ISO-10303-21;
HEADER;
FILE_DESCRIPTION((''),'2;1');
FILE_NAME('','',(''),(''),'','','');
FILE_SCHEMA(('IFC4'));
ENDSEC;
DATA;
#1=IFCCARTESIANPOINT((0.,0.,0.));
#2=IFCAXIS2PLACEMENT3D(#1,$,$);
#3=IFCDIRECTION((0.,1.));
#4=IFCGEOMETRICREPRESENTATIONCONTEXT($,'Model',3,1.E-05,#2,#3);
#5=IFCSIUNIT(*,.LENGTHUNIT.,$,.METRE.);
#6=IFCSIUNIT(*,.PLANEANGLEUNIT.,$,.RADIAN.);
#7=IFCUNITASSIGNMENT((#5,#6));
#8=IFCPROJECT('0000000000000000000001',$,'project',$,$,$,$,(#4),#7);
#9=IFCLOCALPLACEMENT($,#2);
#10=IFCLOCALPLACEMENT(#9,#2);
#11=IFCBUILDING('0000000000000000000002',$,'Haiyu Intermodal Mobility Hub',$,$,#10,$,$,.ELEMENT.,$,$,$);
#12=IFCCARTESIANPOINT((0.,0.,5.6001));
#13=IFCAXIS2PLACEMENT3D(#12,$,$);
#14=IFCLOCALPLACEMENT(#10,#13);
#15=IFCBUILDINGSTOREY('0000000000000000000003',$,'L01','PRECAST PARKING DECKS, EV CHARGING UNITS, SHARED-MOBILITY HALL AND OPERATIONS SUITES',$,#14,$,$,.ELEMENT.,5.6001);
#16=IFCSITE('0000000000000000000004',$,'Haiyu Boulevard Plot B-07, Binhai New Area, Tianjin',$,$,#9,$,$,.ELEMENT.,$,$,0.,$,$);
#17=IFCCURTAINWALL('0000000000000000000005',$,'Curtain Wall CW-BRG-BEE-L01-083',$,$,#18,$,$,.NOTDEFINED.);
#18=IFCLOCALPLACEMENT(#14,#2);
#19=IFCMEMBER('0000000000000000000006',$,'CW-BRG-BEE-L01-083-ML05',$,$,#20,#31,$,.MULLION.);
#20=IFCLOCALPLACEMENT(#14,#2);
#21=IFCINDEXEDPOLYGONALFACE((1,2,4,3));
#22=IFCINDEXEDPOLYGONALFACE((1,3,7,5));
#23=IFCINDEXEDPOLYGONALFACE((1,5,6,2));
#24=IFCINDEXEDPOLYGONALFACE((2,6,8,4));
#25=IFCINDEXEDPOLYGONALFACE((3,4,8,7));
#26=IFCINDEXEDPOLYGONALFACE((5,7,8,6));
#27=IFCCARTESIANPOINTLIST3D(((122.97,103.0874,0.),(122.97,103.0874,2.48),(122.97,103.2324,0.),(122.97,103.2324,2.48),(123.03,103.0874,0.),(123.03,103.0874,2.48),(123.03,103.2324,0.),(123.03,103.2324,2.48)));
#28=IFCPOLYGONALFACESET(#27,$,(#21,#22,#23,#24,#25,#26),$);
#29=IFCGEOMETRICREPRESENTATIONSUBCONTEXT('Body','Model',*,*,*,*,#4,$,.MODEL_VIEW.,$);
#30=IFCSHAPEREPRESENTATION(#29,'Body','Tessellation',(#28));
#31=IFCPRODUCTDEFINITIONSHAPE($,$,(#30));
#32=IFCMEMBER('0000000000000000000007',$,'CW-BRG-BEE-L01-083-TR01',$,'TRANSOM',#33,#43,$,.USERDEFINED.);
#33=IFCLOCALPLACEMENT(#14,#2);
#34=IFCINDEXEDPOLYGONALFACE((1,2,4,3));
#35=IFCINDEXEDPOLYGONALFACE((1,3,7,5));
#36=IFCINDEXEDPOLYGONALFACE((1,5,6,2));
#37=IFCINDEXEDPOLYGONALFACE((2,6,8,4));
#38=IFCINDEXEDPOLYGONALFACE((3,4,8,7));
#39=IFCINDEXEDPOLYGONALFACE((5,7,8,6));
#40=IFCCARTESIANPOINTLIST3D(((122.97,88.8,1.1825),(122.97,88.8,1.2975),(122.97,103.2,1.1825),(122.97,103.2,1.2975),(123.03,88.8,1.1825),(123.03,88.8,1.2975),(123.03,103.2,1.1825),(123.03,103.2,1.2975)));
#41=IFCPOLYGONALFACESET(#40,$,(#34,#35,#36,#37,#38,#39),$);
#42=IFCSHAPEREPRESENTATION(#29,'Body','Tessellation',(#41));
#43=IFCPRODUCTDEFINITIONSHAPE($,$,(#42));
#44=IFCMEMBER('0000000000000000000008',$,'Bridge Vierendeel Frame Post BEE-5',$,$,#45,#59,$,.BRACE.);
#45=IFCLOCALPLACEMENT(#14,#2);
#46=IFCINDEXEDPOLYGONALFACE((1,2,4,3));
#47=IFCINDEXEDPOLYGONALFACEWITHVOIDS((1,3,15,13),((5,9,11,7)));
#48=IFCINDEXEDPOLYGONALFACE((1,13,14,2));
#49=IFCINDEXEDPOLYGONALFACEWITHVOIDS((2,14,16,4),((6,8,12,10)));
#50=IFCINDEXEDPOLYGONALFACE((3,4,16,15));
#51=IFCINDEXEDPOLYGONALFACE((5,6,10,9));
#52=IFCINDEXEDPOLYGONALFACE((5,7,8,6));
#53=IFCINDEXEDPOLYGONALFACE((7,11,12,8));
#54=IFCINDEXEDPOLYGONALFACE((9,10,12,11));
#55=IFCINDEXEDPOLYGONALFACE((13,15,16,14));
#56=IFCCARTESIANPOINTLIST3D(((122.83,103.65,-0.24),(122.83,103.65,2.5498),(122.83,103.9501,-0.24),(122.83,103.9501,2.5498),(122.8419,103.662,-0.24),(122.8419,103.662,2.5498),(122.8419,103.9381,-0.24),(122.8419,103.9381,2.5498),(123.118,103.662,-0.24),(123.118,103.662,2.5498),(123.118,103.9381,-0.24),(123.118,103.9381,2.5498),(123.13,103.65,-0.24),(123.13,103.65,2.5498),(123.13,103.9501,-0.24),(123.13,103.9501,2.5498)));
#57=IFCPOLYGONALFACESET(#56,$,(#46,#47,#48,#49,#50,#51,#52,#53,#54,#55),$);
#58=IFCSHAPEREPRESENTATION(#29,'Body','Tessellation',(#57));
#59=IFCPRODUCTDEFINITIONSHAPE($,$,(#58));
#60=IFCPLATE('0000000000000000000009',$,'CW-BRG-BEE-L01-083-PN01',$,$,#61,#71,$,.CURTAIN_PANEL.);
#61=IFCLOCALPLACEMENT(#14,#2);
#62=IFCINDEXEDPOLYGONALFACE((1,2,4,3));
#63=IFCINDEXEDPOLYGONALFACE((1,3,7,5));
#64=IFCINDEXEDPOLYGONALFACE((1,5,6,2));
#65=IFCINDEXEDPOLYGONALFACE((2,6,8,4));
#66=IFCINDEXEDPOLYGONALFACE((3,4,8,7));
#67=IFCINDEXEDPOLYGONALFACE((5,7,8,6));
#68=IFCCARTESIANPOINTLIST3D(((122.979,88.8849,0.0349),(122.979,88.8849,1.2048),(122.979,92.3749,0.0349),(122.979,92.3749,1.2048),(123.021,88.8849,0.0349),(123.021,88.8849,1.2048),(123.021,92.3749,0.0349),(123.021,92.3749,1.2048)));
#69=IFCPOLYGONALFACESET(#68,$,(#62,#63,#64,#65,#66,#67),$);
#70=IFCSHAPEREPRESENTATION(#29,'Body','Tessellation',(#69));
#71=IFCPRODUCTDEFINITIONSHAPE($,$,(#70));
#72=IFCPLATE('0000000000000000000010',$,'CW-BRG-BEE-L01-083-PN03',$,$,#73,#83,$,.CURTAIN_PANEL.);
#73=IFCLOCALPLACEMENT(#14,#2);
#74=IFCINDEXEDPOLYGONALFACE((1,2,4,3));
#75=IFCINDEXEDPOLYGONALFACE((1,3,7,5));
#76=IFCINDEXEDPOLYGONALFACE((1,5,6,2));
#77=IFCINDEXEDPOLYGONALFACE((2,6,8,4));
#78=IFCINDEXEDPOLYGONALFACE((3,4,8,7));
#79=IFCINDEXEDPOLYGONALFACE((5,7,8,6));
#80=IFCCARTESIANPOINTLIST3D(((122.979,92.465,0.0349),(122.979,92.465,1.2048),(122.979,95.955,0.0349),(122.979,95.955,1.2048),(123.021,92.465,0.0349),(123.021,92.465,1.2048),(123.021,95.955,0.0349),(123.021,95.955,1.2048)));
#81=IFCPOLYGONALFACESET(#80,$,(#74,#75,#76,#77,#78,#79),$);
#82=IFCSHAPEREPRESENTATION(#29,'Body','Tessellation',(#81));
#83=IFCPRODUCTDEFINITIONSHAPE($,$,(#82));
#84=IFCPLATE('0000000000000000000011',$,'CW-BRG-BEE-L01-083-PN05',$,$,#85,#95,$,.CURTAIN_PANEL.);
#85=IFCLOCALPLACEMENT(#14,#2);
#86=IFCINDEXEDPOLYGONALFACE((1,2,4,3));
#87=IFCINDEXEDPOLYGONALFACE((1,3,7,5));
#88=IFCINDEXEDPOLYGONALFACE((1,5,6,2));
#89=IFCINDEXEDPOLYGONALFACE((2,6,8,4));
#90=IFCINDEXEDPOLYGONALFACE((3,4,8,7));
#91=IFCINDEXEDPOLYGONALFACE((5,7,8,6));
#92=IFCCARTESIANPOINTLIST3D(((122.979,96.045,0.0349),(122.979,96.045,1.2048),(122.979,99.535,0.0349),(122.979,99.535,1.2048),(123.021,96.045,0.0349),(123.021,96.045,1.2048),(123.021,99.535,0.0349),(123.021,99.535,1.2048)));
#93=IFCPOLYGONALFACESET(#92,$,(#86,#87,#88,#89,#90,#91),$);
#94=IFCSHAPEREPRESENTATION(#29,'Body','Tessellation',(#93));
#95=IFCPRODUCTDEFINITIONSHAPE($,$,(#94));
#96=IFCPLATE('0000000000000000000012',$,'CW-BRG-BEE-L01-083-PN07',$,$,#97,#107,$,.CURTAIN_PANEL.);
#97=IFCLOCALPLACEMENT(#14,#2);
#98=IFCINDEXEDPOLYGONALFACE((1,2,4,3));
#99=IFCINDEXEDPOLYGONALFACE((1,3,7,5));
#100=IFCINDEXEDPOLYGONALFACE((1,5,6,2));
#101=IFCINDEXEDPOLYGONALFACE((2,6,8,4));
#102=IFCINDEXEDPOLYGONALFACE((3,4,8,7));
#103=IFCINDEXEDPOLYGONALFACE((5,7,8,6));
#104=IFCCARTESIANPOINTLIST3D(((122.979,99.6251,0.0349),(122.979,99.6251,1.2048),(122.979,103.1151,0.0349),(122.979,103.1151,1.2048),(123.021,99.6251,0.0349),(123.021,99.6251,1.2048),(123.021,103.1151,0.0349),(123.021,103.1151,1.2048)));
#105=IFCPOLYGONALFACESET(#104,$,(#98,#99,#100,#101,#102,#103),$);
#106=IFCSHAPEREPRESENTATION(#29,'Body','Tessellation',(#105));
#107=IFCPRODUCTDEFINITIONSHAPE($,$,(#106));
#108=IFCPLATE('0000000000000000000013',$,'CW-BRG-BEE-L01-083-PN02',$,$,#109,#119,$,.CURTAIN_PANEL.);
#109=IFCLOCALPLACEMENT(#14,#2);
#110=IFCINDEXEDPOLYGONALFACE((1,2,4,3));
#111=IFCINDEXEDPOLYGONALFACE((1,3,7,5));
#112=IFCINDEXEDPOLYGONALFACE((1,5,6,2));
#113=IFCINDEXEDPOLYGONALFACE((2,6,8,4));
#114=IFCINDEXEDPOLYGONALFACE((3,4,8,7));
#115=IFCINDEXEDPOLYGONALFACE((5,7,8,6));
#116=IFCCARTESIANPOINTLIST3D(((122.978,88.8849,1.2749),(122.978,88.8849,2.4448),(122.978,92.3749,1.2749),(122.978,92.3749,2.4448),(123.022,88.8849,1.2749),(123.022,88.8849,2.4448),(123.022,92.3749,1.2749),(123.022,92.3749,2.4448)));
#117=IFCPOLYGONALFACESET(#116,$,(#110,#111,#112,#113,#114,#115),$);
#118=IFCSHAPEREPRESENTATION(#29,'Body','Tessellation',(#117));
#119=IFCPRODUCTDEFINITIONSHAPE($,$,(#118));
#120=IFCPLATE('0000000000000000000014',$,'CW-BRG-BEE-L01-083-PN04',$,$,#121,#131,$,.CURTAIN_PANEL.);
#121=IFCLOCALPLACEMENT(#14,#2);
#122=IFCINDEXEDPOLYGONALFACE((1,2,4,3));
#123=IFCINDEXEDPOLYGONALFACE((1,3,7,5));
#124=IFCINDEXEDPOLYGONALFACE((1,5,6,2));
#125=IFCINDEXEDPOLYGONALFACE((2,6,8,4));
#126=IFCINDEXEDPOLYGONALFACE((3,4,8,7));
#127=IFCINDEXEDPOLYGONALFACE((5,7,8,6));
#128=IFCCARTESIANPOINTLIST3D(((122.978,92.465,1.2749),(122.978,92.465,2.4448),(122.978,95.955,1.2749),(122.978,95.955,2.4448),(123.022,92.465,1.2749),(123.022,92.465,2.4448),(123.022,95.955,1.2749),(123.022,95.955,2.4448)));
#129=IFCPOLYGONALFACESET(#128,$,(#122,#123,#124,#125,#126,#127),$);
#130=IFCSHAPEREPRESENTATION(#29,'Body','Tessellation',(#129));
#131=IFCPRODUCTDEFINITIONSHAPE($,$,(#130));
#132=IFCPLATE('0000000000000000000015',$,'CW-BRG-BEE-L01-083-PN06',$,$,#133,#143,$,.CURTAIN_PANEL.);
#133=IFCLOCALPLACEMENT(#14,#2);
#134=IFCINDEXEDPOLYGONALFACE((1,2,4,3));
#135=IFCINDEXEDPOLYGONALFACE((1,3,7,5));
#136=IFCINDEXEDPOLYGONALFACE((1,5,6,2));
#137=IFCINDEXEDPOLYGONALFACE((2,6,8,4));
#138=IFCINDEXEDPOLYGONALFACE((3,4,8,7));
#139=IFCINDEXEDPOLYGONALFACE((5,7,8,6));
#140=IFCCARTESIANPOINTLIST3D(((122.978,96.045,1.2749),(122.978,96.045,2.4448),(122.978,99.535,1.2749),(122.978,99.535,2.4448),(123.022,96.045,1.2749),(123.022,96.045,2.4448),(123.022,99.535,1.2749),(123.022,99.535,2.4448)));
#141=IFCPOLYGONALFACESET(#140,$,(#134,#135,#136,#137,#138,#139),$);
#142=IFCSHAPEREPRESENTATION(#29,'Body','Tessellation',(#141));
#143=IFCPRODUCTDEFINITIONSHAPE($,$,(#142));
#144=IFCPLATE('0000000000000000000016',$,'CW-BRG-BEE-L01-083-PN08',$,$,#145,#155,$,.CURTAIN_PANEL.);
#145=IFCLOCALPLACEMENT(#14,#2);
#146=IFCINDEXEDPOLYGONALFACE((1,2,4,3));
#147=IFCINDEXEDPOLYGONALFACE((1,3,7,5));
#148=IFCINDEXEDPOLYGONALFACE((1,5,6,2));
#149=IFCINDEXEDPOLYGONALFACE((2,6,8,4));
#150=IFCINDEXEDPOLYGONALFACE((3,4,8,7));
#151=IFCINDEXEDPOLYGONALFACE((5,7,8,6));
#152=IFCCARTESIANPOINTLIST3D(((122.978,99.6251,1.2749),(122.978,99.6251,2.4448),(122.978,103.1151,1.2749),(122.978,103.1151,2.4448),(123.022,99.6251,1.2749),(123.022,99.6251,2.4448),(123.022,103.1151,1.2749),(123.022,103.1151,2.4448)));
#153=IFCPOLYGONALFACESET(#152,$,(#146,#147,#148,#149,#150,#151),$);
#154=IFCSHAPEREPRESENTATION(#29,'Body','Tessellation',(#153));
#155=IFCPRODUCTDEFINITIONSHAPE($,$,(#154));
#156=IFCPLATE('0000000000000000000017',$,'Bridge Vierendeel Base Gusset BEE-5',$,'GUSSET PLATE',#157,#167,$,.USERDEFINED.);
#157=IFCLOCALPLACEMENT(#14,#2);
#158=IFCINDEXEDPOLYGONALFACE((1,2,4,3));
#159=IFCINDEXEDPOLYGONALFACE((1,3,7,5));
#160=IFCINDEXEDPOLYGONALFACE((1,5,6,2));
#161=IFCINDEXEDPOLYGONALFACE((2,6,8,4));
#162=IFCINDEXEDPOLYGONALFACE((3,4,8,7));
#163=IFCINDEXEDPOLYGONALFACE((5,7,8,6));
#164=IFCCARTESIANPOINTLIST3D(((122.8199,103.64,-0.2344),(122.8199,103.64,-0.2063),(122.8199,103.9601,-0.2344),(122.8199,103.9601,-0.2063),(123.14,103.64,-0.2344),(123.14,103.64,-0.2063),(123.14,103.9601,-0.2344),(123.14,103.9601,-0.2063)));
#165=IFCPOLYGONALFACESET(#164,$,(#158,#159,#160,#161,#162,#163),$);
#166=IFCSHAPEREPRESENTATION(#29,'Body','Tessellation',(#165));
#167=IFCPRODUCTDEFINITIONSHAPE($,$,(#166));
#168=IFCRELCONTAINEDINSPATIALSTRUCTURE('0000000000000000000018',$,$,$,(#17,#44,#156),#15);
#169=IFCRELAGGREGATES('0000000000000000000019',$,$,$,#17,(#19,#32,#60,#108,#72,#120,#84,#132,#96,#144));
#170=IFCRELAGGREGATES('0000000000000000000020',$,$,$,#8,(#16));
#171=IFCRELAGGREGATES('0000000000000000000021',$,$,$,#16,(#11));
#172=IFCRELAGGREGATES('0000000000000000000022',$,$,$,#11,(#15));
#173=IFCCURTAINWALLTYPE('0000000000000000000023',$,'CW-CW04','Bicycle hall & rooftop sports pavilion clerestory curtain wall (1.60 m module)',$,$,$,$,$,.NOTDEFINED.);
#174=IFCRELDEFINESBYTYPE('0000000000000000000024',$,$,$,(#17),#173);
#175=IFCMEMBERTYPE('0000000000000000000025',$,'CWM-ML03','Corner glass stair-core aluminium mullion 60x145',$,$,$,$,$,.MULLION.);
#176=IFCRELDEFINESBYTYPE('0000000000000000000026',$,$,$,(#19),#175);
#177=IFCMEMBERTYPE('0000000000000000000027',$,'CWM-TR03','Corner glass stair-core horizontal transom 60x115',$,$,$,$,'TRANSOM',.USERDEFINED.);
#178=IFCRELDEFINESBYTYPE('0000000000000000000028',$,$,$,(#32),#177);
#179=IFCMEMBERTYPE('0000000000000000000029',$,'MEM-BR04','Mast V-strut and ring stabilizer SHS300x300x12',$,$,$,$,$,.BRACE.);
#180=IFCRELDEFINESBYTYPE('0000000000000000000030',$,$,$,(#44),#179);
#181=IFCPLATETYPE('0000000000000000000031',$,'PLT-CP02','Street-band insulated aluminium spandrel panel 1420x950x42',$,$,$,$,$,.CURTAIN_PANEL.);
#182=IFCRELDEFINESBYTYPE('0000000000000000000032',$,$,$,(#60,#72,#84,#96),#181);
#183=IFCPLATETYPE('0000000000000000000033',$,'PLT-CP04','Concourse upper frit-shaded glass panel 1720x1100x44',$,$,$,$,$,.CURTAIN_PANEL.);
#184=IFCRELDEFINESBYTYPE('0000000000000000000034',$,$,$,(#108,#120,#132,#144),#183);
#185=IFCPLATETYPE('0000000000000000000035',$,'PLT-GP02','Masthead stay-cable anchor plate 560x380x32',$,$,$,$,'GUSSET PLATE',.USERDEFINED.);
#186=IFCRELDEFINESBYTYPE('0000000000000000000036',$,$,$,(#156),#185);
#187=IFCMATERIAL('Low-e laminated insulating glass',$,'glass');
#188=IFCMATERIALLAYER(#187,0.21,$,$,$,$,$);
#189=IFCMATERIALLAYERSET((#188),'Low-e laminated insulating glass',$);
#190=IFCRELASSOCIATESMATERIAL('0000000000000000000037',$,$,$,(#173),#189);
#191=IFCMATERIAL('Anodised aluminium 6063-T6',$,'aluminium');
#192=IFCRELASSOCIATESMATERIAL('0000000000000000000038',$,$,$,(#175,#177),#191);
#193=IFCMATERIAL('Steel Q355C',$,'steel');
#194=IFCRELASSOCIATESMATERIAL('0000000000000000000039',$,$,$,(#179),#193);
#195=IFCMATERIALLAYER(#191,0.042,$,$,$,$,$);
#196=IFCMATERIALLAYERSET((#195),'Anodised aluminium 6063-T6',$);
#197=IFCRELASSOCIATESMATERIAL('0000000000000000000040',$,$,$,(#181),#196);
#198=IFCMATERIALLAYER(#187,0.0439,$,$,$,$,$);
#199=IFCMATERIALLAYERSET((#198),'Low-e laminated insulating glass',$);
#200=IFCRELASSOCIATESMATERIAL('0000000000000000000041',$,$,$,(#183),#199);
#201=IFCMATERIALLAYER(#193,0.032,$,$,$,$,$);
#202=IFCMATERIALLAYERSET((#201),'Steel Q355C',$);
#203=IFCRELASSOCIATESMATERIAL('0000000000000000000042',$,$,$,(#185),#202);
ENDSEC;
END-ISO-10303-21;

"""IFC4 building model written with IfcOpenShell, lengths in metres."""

from ifc_helpers import new_model, si_unit, direction, frame, origin, origin_2d, place, context, subcontext, project, spatial, rectangle, hollow_rectangle, extrude, material, layer, layer_set, material_profile, profile_set, type_object, element, aggregate, save


model = new_model("IFC4")

# Units and contexts
model_context = context("Model", 3, precision=1e-05, world=origin(), true_north=direction((0.0, 1.0)))
body_context = subcontext(model_context, "Body", "Model", "MODEL_VIEW")
ifc_project = project(units=[si_unit("LENGTHUNIT", "METRE"), si_unit("PLANEANGLEUNIT", "RADIAN")], contexts=[model_context])

# Site, building, storey
site_placement = place(None, origin())
site = spatial("IfcSite", under=ifc_project, at=site_placement, Name="Haiyu Boulevard Plot B-07, Binhai New Area, Tianjin", CompositionType="ELEMENT", RefElevation=0.0)
building_placement = place(site_placement, origin())
building = spatial("IfcBuilding", under=site, at=building_placement, Name="Haiyu Intermodal Mobility Hub", CompositionType="ELEMENT")
storey_placement = place(building_placement, frame((0.0, 0.0, 5.6001)))
storey = spatial("IfcBuildingStorey", under=building, at=storey_placement, Name="L01", Description="PRECAST PARKING DECKS, EV CHARGING UNITS, SHARED-MOBILITY HALL AND OPERATIONS SUITES", CompositionType="ELEMENT", Elevation=5.6001)

# Curtain wall, members
ifc_material_1 = material(Name="Low-e laminated insulating glass", Category="glass")
ifc_layer_1 = layer(ifc_material_1, 0.21)
ifc_layer_set_1 = layer_set([ifc_layer_1], Name="Low-e laminated insulating glass")
curtain_wall_type = type_object("IfcCurtainWallType", Name="CW-CW04", Description="Bicycle hall & rooftop sports pavilion clerestory curtain wall (1.60 m module)", PredefinedType="NOTDEFINED", material=ifc_layer_set_1)
curtain_wall_placement = place(storey_placement, origin())
curtain_wall = element("IfcCurtainWall", 1, at=curtain_wall_placement, inside=storey, type_object=curtain_wall_type, Name="Curtain Wall CW-BRG-BEE-L01-083", PredefinedType="NOTDEFINED")
ifc_material_2 = material(Name="Anodised aluminium 6063-T6", Category="aluminium")
ifc_material_profile_1 = material_profile(ifc_material_2, rectangle(XDim=0.0601, YDim=0.145, at=origin_2d()), Name="ALU60x145")
ifc_profile_set_1 = profile_set([ifc_material_profile_1], Name="Anodised aluminium 6063-T6")
member_type_1 = type_object("IfcMemberType", Name="CWM-ML03", Description="Corner glass stair-core aluminium mullion 60x145", PredefinedType="MULLION", material=ifc_profile_set_1)
member_1_placement = place(storey_placement, frame((123.0, 103.1599, 0.0), z_axis=(0.0, 0.0, 1.0), x_axis=(1.0, 0.0, 0.0)))
member_1 = element("IfcMember", 2, at=member_1_placement, type_object=member_type_1, Name="CW-BRG-BEE-L01-083-ML05", PredefinedType="MULLION", context=body_context, shape_type="SweptSolid", body=[
    extrude(rectangle(XDim=0.0601, YDim=0.145, at=origin_2d()), origin(), (0.0, 0.0, 1.0), 2.48),
])
ifc_material_profile_2 = material_profile(ifc_material_2, rectangle(XDim=0.0601, YDim=0.115, at=origin_2d()), Name="ALU60x115")
ifc_profile_set_2 = profile_set([ifc_material_profile_2], Name="Anodised aluminium 6063-T6")
member_type_2 = type_object("IfcMemberType", Name="CWM-TR03", Description="Corner glass stair-core horizontal transom 60x115", ElementType="TRANSOM", PredefinedType="USERDEFINED", material=ifc_profile_set_2)
member_2_placement = place(storey_placement, frame((123.0, 88.8, 1.24), z_axis=(0.0, 1.0, 0.0), x_axis=(-1.0, 0.0, 0.0)))
member_2 = element("IfcMember", 3, at=member_2_placement, type_object=member_type_2, Name="CW-BRG-BEE-L01-083-TR01", ObjectType="TRANSOM", PredefinedType="USERDEFINED", context=body_context, shape_type="SweptSolid", body=[
    extrude(rectangle(XDim=0.0601, YDim=0.115, at=origin_2d()), origin(), (0.0, 0.0, 1.0), 14.3999),
])

# Member
ifc_material_3 = material(Name="Steel Q355C", Category="steel")
ifc_material_profile_3 = material_profile(ifc_material_3, hollow_rectangle(XDim=0.3, YDim=0.3, WallThickness=0.012, at=origin_2d()), Name="SHS300x300x12")
ifc_profile_set_3 = profile_set([ifc_material_profile_3], Name="Steel Q355C")
member_type_3 = type_object("IfcMemberType", Name="MEM-BR04", Description="Mast V-strut and ring stabilizer SHS300x300x12", PredefinedType="BRACE", material=ifc_profile_set_3)
member_3_placement = place(storey_placement, frame((122.98, 103.8, -0.24), z_axis=(0.0, 0.0, 1.0), x_axis=(1.0, 0.0, 0.0)))
element("IfcMember", 4, at=member_3_placement, inside=storey, type_object=member_type_3, Name="Bridge Vierendeel Frame Post BEE-5", PredefinedType="BRACE", context=body_context, shape_type="SweptSolid", body=[
    extrude(hollow_rectangle(XDim=0.3, YDim=0.3, WallThickness=0.012, at=origin_2d()), origin(), (0.0, 0.0, 1.0), 2.7898),
])

# Plates
ifc_layer_2 = layer(ifc_material_2, 0.042)
ifc_layer_set_2 = layer_set([ifc_layer_2], Name="Anodised aluminium 6063-T6")
plate_type_1 = type_object("IfcPlateType", Name="PLT-CP02", Description="Street-band insulated aluminium spandrel panel 1420x950x42", PredefinedType="CURTAIN_PANEL", material=ifc_layer_set_2)
plate_1_placement = place(storey_placement, frame((123.0, 90.6299, 0.0349), z_axis=(0.0, 0.0, 1.0), x_axis=(0.0, 1.0, 0.0)))
plate_1 = element("IfcPlate", 5, at=plate_1_placement, type_object=plate_type_1, Name="CW-BRG-BEE-L01-083-PN01", PredefinedType="CURTAIN_PANEL", context=body_context, shape_type="SweptSolid", body=[
    extrude(rectangle(XDim=3.49, YDim=0.042, at=origin_2d()), origin(), (0.0, 0.0, 1.0), 1.1699),
])
plate_2_placement = place(storey_placement, frame((123.0, 94.21, 0.0349), z_axis=(0.0, 0.0, 1.0), x_axis=(0.0, 1.0, 0.0)))
plate_2 = element("IfcPlate", 6, at=plate_2_placement, type_object=plate_type_1, Name="CW-BRG-BEE-L01-083-PN03", PredefinedType="CURTAIN_PANEL", context=body_context, shape_type="SweptSolid", body=[
    extrude(rectangle(XDim=3.49, YDim=0.042, at=origin_2d()), origin(), (0.0, 0.0, 1.0), 1.1699),
])
plate_3_placement = place(storey_placement, frame((123.0, 97.79, 0.0349), z_axis=(0.0, 0.0, 1.0), x_axis=(0.0, 1.0, 0.0)))
plate_3 = element("IfcPlate", 7, at=plate_3_placement, type_object=plate_type_1, Name="CW-BRG-BEE-L01-083-PN05", PredefinedType="CURTAIN_PANEL", context=body_context, shape_type="SweptSolid", body=[
    extrude(rectangle(XDim=3.49, YDim=0.042, at=origin_2d()), origin(), (0.0, 0.0, 1.0), 1.1699),
])
plate_4_placement = place(storey_placement, frame((123.0, 101.3701, 0.0349), z_axis=(0.0, 0.0, 1.0), x_axis=(0.0, 1.0, 0.0)))
plate_4 = element("IfcPlate", 8, at=plate_4_placement, type_object=plate_type_1, Name="CW-BRG-BEE-L01-083-PN07", PredefinedType="CURTAIN_PANEL", context=body_context, shape_type="SweptSolid", body=[
    extrude(rectangle(XDim=3.49, YDim=0.042, at=origin_2d()), origin(), (0.0, 0.0, 1.0), 1.1699),
])
ifc_layer_3 = layer(ifc_material_1, 0.0439)
ifc_layer_set_3 = layer_set([ifc_layer_3], Name="Low-e laminated insulating glass")
plate_type_2 = type_object("IfcPlateType", Name="PLT-CP04", Description="Concourse upper frit-shaded glass panel 1720x1100x44", PredefinedType="CURTAIN_PANEL", material=ifc_layer_set_3)
plate_5_placement = place(storey_placement, frame((123.0, 90.6299, 1.2749), z_axis=(0.0, 0.0, 1.0), x_axis=(0.0, 1.0, 0.0)))
plate_5 = element("IfcPlate", 9, at=plate_5_placement, type_object=plate_type_2, Name="CW-BRG-BEE-L01-083-PN02", PredefinedType="CURTAIN_PANEL", context=body_context, shape_type="SweptSolid", body=[
    extrude(rectangle(XDim=3.49, YDim=0.0439, at=origin_2d()), origin(), (0.0, 0.0, 1.0), 1.1699),
])
plate_6_placement = place(storey_placement, frame((123.0, 94.21, 1.2749), z_axis=(0.0, 0.0, 1.0), x_axis=(0.0, 1.0, 0.0)))
plate_6 = element("IfcPlate", 10, at=plate_6_placement, type_object=plate_type_2, Name="CW-BRG-BEE-L01-083-PN04", PredefinedType="CURTAIN_PANEL", context=body_context, shape_type="SweptSolid", body=[
    extrude(rectangle(XDim=3.49, YDim=0.0439, at=origin_2d()), origin(), (0.0, 0.0, 1.0), 1.1699),
])
plate_7_placement = place(storey_placement, frame((123.0, 97.79, 1.2749), z_axis=(0.0, 0.0, 1.0), x_axis=(0.0, 1.0, 0.0)))
plate_7 = element("IfcPlate", 11, at=plate_7_placement, type_object=plate_type_2, Name="CW-BRG-BEE-L01-083-PN06", PredefinedType="CURTAIN_PANEL", context=body_context, shape_type="SweptSolid", body=[
    extrude(rectangle(XDim=3.49, YDim=0.0439, at=origin_2d()), origin(), (0.0, 0.0, 1.0), 1.1699),
])
plate_8_placement = place(storey_placement, frame((123.0, 101.3701, 1.2749), z_axis=(0.0, 0.0, 1.0), x_axis=(0.0, 1.0, 0.0)))
plate_8 = element("IfcPlate", 12, at=plate_8_placement, type_object=plate_type_2, Name="CW-BRG-BEE-L01-083-PN08", PredefinedType="CURTAIN_PANEL", context=body_context, shape_type="SweptSolid", body=[
    extrude(rectangle(XDim=3.49, YDim=0.0439, at=origin_2d()), origin(), (0.0, 0.0, 1.0), 1.1699),
])
aggregate(curtain_wall, [member_1, member_2, plate_1, plate_5, plate_2, plate_6, plate_3, plate_7, plate_4, plate_8])
ifc_layer_4 = layer(ifc_material_3, 0.032)
ifc_layer_set_4 = layer_set([ifc_layer_4], Name="Steel Q355C")
plate_type_3 = type_object("IfcPlateType", Name="PLT-GP02", Description="Masthead stay-cable anchor plate 560x380x32", ElementType="GUSSET PLATE", PredefinedType="USERDEFINED", material=ifc_layer_set_4)
plate_9_placement = place(storey_placement, frame((122.98, 103.8, -0.2344), z_axis=(0.0, 0.0, 1.0), x_axis=(1.0, 0.0, 0.0)))
element("IfcPlate", 13, at=plate_9_placement, inside=storey, type_object=plate_type_3, Name="Bridge Vierendeel Base Gusset BEE-5", ObjectType="GUSSET PLATE", PredefinedType="USERDEFINED", context=body_context, shape_type="SweptSolid", body=[
    extrude(rectangle(XDim=0.3201, YDim=0.3201, at=origin_2d()), origin(), (0.0, 0.0, 1.0), 0.0281),
])

save(model, "model.ifc")
